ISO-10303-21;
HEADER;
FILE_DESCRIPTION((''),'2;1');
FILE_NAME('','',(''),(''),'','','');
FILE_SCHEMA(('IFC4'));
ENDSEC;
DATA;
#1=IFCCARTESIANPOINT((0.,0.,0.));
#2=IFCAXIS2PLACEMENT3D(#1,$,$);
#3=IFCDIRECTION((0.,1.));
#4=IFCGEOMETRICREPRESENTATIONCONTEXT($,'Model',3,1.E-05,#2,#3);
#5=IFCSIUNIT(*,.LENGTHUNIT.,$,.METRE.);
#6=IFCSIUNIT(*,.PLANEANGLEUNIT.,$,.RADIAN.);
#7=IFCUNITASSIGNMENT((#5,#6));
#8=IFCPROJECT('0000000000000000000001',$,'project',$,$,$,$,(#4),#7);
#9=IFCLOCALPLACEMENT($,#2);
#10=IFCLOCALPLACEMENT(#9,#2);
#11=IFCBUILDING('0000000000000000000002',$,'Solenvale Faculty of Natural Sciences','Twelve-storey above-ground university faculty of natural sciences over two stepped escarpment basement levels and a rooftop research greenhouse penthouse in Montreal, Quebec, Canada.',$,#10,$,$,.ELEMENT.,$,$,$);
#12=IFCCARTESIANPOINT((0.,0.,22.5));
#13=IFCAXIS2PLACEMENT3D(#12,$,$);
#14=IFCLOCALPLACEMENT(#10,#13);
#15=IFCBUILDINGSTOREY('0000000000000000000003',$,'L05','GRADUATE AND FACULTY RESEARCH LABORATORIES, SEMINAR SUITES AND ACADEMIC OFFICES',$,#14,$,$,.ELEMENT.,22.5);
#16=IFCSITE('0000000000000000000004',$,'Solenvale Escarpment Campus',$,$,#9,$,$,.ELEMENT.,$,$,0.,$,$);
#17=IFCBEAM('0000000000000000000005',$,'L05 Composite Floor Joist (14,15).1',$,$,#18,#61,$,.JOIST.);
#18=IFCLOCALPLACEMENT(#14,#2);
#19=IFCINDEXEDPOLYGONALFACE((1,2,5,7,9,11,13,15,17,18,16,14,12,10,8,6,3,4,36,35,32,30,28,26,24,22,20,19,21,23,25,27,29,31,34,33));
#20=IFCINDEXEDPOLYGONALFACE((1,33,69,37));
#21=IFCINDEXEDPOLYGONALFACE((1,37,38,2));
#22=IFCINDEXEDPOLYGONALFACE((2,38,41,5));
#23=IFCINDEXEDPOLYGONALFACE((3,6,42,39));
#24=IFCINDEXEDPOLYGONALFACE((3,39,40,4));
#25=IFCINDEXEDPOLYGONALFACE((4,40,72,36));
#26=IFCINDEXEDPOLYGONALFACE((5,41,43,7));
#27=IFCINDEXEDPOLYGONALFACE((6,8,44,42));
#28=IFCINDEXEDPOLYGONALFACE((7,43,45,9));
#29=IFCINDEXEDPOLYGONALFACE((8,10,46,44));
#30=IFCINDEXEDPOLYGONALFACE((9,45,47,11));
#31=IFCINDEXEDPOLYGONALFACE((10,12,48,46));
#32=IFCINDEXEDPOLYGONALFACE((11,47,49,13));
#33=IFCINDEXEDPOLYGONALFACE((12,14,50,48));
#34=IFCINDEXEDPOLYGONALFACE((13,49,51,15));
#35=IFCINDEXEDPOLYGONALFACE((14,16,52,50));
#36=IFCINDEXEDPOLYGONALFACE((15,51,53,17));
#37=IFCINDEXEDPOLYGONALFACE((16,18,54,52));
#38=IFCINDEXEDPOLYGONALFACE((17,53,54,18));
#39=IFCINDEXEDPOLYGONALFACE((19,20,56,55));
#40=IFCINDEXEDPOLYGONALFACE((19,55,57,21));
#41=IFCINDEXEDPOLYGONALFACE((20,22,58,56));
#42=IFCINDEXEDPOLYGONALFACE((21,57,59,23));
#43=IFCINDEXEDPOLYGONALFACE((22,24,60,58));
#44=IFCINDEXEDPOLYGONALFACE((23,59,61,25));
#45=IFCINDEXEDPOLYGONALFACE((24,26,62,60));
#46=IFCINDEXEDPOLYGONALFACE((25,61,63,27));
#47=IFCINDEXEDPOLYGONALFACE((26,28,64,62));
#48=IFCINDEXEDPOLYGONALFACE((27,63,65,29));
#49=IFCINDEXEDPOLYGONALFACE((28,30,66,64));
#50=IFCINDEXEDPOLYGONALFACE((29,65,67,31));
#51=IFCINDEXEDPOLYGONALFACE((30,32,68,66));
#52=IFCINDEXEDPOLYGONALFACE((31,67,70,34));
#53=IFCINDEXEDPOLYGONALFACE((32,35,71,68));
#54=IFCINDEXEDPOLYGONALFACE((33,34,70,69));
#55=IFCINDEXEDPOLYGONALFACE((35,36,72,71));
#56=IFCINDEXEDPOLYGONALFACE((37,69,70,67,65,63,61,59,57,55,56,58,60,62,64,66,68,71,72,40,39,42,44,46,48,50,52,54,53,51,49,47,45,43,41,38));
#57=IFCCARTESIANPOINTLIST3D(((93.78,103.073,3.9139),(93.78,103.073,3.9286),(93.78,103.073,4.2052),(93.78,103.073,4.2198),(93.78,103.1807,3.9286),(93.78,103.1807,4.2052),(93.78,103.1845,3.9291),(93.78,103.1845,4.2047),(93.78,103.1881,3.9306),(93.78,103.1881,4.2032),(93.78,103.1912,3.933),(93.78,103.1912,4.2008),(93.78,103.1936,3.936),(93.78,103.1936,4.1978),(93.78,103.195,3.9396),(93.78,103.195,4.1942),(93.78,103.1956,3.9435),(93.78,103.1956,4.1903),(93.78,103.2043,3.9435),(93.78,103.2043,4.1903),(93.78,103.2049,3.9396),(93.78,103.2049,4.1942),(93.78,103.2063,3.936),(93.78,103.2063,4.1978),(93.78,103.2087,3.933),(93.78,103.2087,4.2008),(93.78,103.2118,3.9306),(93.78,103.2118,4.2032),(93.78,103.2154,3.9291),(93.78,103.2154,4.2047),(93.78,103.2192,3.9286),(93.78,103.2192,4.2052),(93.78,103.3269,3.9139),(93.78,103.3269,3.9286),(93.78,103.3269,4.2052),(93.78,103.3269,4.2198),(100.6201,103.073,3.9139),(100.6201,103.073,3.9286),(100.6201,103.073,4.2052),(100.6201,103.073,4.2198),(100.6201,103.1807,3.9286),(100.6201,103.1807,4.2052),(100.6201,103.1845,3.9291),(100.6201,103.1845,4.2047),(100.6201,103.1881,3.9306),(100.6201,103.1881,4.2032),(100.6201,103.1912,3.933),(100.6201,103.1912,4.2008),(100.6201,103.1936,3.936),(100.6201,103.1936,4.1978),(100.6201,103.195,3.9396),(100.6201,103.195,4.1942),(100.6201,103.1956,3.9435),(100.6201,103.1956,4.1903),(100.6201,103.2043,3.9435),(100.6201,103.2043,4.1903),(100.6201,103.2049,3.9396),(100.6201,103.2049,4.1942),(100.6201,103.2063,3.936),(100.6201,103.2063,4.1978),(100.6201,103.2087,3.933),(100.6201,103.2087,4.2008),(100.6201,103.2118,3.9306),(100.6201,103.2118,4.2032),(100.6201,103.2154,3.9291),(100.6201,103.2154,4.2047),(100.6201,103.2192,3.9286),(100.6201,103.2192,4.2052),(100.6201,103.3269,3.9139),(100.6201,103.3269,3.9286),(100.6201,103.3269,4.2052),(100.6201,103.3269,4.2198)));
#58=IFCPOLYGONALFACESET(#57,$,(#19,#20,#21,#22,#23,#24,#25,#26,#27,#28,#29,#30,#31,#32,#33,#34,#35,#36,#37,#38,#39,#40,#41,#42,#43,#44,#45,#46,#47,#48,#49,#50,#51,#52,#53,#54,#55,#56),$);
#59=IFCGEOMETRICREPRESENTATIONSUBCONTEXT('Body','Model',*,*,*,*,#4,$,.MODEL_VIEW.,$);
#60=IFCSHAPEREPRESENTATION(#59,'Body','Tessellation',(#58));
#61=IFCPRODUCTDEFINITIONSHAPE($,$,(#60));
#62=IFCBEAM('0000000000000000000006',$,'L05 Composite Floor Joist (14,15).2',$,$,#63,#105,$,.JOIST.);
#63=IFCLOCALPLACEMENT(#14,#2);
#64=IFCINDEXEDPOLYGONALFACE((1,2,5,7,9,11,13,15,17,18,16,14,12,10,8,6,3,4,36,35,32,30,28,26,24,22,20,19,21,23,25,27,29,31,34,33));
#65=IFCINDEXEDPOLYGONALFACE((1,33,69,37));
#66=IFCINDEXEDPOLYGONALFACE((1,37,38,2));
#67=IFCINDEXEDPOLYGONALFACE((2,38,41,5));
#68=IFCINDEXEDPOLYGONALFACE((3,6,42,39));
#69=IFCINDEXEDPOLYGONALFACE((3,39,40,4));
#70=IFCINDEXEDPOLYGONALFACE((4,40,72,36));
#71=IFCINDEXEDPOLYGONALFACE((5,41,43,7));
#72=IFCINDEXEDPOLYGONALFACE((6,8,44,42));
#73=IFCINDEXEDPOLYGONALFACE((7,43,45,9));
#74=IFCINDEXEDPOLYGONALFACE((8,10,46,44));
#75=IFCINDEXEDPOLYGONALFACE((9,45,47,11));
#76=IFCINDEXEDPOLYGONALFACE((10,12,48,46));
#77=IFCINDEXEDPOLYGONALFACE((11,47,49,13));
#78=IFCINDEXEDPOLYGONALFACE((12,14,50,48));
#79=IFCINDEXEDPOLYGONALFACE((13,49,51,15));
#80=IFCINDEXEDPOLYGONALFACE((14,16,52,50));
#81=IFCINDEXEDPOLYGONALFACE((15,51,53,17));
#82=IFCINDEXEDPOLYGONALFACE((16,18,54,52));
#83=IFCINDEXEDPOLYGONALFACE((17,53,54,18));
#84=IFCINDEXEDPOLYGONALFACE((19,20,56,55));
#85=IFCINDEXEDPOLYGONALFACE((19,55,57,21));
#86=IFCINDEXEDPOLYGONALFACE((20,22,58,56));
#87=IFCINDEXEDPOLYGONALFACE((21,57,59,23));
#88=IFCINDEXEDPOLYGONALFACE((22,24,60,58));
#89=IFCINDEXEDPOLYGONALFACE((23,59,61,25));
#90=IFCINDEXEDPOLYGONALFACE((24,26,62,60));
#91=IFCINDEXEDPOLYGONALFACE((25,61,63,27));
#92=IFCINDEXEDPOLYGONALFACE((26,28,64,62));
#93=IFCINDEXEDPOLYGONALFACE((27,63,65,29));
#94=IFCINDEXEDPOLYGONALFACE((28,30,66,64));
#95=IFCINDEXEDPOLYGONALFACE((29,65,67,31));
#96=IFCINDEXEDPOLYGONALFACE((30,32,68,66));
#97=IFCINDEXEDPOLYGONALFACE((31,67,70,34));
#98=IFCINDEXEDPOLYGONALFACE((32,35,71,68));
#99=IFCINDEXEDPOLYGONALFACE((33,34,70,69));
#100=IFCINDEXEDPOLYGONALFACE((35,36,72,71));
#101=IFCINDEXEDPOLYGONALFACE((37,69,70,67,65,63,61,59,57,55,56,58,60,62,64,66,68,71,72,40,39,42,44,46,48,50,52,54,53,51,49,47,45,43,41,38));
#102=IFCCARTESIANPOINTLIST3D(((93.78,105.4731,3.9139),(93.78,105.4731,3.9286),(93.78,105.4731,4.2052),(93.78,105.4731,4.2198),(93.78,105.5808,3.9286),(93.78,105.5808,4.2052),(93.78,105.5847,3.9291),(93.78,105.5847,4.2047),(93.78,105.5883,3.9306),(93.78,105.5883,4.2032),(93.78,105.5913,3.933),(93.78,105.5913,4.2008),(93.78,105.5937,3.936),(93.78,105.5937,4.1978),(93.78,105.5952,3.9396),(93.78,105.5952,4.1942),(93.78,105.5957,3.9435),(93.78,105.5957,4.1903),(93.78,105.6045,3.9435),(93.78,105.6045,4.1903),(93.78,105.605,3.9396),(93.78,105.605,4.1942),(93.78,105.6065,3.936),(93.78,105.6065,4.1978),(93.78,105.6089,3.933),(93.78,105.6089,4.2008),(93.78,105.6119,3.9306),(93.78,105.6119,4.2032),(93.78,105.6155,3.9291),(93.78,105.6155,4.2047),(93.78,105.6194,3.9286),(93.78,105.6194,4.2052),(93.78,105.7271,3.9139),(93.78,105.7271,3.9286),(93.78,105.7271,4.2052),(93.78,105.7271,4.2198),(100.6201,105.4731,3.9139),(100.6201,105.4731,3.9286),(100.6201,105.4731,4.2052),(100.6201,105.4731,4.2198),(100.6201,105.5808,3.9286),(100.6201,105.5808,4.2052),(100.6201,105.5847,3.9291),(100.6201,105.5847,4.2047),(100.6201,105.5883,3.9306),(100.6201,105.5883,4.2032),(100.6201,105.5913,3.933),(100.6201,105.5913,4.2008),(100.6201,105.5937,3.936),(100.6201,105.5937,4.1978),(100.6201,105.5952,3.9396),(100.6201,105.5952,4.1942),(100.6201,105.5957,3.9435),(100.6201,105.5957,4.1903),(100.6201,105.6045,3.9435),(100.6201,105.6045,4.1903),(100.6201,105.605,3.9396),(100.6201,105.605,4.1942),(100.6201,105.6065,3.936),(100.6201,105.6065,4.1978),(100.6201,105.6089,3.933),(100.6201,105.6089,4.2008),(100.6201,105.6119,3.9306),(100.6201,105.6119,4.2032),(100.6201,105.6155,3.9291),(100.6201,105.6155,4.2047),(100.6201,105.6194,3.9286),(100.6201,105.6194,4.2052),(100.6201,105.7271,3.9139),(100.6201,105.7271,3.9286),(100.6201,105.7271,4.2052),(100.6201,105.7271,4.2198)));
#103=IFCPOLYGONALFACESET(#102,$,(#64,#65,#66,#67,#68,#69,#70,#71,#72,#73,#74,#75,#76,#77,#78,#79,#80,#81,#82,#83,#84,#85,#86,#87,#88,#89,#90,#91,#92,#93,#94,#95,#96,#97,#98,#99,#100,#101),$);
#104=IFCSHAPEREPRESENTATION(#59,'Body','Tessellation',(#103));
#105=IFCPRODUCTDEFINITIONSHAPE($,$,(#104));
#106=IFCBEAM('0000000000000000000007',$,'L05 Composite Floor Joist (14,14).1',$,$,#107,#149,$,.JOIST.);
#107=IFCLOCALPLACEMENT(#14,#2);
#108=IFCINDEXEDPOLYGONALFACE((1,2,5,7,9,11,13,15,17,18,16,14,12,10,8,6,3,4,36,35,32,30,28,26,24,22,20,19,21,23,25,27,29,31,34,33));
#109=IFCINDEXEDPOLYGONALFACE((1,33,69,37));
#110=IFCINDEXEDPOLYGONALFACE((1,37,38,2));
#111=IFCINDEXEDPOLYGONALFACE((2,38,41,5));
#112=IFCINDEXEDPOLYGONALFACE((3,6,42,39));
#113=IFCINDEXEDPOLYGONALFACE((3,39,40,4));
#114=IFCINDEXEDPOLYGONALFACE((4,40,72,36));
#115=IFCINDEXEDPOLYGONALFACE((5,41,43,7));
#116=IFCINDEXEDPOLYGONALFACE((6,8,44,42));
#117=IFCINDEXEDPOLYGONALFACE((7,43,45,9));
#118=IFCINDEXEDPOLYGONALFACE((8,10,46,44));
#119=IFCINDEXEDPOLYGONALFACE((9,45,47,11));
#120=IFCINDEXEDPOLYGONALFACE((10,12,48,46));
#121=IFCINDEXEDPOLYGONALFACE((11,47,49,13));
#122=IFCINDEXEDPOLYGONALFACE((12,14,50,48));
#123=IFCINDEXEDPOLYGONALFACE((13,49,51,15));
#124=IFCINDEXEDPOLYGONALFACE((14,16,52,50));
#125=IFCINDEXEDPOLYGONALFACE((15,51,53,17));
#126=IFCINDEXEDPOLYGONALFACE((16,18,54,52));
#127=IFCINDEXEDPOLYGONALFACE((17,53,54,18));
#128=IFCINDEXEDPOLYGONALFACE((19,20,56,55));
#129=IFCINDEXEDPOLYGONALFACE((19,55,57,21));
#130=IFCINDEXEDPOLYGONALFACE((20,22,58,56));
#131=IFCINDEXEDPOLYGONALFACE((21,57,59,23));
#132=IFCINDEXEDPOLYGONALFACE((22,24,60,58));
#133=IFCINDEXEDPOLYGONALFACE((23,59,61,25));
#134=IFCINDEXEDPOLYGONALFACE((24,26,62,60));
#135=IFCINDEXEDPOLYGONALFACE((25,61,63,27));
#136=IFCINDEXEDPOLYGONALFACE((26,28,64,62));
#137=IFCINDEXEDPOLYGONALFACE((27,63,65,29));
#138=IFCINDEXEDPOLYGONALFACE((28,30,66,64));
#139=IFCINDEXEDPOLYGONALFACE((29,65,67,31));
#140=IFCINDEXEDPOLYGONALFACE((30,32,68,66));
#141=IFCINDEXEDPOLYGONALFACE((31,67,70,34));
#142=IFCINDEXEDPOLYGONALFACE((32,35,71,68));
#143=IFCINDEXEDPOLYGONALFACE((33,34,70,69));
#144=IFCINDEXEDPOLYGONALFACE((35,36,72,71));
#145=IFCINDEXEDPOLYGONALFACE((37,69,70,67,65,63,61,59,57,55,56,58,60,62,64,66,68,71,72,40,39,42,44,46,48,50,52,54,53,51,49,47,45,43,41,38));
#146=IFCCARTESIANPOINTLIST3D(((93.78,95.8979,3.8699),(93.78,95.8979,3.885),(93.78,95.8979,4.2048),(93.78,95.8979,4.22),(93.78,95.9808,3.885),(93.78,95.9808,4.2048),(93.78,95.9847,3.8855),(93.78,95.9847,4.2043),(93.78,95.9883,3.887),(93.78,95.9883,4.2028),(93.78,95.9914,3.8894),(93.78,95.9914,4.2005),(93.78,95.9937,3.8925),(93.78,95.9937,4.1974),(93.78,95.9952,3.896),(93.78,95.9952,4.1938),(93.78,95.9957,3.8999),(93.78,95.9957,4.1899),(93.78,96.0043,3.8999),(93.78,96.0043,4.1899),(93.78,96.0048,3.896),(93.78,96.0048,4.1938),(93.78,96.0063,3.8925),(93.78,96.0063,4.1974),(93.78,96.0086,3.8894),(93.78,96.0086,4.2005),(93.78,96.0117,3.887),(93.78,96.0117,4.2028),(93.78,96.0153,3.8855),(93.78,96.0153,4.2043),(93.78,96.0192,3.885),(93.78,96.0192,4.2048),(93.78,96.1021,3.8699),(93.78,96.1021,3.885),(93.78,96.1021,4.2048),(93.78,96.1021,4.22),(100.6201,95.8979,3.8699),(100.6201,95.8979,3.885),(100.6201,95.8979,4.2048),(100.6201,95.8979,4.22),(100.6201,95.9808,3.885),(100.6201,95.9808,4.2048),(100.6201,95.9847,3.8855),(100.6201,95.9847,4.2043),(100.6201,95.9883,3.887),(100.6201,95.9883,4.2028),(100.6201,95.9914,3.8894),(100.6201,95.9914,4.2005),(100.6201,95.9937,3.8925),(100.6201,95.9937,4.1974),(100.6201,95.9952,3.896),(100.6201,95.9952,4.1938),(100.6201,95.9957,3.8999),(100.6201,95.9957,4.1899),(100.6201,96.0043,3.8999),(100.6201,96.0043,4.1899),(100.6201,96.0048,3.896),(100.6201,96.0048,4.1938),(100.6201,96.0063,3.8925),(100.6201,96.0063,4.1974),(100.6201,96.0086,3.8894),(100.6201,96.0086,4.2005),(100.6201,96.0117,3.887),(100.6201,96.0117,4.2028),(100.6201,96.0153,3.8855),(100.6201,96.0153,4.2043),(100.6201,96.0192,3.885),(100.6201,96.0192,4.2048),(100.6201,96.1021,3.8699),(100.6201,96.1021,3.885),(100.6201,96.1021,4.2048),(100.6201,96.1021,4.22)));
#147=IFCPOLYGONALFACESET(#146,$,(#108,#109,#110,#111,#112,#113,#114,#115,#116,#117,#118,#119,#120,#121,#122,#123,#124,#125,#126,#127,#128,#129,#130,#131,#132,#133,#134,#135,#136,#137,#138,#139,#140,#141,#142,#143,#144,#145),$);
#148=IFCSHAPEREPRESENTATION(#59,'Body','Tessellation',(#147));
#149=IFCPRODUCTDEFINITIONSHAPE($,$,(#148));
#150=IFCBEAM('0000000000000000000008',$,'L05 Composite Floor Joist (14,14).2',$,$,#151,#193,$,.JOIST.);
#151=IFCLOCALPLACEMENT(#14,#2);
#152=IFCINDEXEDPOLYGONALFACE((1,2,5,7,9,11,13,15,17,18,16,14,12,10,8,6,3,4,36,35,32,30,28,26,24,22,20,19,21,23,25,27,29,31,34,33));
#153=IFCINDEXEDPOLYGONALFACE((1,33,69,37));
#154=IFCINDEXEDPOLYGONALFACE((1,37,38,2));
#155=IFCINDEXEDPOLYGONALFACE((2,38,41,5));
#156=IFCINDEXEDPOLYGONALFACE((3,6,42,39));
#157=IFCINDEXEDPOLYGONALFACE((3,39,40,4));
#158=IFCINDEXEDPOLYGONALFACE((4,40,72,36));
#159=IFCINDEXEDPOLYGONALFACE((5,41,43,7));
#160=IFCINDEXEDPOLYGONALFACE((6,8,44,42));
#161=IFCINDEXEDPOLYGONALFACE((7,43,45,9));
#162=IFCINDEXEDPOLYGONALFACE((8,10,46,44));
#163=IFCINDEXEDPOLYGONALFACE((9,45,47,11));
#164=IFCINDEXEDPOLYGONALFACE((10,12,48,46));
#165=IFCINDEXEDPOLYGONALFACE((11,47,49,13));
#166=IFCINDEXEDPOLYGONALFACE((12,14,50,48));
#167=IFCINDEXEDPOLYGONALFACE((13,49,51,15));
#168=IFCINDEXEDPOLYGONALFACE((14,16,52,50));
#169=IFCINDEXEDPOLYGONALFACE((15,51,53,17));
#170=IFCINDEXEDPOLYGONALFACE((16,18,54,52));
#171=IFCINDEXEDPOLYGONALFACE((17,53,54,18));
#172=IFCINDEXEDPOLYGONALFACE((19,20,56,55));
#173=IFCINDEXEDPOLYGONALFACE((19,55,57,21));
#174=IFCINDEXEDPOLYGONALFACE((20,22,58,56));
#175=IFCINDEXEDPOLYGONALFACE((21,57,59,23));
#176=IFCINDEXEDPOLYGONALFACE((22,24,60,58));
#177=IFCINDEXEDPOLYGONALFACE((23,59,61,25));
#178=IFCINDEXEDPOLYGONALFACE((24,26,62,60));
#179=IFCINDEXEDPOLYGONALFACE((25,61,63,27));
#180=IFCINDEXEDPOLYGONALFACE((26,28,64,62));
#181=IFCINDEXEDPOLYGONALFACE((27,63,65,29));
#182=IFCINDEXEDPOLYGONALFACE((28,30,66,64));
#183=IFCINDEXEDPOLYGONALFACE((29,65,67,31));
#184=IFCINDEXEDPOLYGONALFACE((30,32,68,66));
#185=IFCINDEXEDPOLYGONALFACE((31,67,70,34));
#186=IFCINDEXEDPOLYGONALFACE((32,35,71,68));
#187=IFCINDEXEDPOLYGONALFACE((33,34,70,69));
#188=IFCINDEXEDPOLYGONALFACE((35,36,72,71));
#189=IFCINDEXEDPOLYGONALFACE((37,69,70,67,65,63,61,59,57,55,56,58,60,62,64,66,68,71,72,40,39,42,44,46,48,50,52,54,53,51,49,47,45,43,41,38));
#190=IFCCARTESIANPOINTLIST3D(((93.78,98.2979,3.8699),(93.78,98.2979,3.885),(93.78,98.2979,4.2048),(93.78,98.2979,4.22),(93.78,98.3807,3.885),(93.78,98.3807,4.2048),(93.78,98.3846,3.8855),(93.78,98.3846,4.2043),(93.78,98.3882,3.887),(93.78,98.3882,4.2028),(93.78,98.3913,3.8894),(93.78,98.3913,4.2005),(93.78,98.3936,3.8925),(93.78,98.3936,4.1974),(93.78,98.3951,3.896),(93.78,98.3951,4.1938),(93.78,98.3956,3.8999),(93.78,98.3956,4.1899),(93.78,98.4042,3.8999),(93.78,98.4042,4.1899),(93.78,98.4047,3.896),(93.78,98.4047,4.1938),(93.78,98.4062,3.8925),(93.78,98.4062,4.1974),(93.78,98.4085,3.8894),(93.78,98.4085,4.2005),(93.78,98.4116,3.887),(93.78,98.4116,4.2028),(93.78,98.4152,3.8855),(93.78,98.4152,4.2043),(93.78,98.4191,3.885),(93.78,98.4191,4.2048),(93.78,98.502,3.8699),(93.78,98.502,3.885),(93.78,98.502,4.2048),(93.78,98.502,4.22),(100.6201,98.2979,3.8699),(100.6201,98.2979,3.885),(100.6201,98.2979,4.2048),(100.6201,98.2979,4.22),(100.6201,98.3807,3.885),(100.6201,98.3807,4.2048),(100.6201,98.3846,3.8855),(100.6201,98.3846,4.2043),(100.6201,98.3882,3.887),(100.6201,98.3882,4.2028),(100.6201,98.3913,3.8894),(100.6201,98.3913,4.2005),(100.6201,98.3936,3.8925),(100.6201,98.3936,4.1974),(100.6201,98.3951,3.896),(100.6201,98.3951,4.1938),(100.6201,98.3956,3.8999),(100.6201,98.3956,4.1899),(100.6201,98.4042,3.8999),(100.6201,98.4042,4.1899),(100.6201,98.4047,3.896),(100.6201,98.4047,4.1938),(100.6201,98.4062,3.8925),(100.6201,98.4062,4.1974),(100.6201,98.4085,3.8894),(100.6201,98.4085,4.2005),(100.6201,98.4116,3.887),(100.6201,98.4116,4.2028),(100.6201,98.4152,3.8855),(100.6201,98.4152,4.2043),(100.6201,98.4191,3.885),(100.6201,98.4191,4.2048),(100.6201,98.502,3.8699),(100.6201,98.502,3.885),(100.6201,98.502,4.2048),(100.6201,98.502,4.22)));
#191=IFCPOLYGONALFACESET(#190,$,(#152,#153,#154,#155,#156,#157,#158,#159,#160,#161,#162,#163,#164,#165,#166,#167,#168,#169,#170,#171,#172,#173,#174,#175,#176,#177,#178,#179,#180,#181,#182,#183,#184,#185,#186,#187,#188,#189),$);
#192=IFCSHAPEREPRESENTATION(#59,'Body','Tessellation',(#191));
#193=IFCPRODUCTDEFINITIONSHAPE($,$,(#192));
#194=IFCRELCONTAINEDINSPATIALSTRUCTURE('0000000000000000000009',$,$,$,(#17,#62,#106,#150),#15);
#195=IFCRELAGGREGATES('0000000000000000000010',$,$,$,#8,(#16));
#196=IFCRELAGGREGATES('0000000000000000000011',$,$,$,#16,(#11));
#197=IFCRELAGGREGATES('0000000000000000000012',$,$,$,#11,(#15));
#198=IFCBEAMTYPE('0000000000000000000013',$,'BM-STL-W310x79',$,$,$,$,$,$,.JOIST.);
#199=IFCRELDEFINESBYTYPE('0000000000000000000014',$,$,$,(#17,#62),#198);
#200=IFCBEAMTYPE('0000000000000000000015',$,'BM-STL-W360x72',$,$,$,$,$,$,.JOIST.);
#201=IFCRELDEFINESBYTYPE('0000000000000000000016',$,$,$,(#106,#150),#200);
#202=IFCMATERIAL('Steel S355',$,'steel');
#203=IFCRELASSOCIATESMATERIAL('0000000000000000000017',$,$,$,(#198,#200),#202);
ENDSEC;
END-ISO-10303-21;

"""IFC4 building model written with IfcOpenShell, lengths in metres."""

from ifc_helpers import new_model, si_unit, direction, frame, origin, origin_2d, place, context, subcontext, project, spatial, i_section, extrude, material, material_profile, profile_set, type_object, element, save


model = new_model("IFC4")

# Units and contexts
model_context = context("Model", 3, precision=1e-05, world=origin(), true_north=direction((0.0, 1.0)))
body_context = subcontext(model_context, "Body", "Model", "MODEL_VIEW")
ifc_project = project(units=[si_unit("LENGTHUNIT", "METRE"), si_unit("PLANEANGLEUNIT", "RADIAN")], contexts=[model_context])

# Site, building, storey
site_placement = place(None, origin())
site = spatial("IfcSite", under=ifc_project, at=site_placement, Name="Solenvale Escarpment Campus", CompositionType="ELEMENT", RefElevation=0.0)
building_placement = place(site_placement, origin())
building = spatial("IfcBuilding", under=site, at=building_placement, Name="Solenvale Faculty of Natural Sciences", Description="Twelve-storey above-ground university faculty of natural sciences over two stepped escarpment basement levels and a rooftop research greenhouse penthouse in Montreal, Quebec, Canada.", CompositionType="ELEMENT")
storey_placement = place(building_placement, frame((0.0, 0.0, 22.5)))
storey = spatial("IfcBuildingStorey", under=building, at=storey_placement, Name="L05", Description="GRADUATE AND FACULTY RESEARCH LABORATORIES, SEMINAR SUITES AND ACADEMIC OFFICES", CompositionType="ELEMENT", Elevation=22.5)

# Beams
ifc_material_1 = material(Name="Steel S355", Category="steel")
ifc_material_profile_1 = material_profile(ifc_material_1, i_section(OverallWidth=0.2539, OverallDepth=0.3059, WebThickness=0.0088, FlangeThickness=0.0146, FilletRadius=0.0149, at=origin_2d()), Name="W310x79")
ifc_profile_set_1 = profile_set([ifc_material_profile_1], Name="Steel S355")
beam_type_1 = type_object("IfcBeamType", Name="BM-STL-W310x79", PredefinedType="JOIST", material=ifc_profile_set_1)
for number, where, z_axis, x_axis, name in (
    (1, (93.78, 103.2, 4.0669), (1.0, 0.0, 0.0), (0.0, 1.0, 0.0), "L05 Composite Floor Joist (14,15).1"),
    (2, (93.78, 105.6001, 4.0669), (1.0, 0.0, 0.0), (0.0, 1.0, 0.0), "L05 Composite Floor Joist (14,15).2"),
):
    element("IfcBeam", number, at=place(storey_placement, frame(where, z_axis=z_axis, x_axis=x_axis)), inside=storey, type_object=beam_type_1, Name=name, PredefinedType="JOIST", context=body_context, shape_type="SweptSolid", body=[
        extrude(i_section(OverallWidth=0.2539, OverallDepth=0.3059, WebThickness=0.0088, FlangeThickness=0.0146, FilletRadius=0.0149, at=origin_2d()), origin(), (0.0, 0.0, 1.0), 6.8401),
    ])
ifc_material_profile_2 = material_profile(ifc_material_1, i_section(OverallWidth=0.2041, OverallDepth=0.3501, WebThickness=0.0085, FlangeThickness=0.0151, FilletRadius=0.0149, at=origin_2d()), Name="W360x72")
ifc_profile_set_2 = profile_set([ifc_material_profile_2], Name="Steel S355")
beam_type_2 = type_object("IfcBeamType", Name="BM-STL-W360x72", PredefinedType="JOIST", material=ifc_profile_set_2)
for number, where, z_axis, x_axis, name in (
    (3, (93.78, 96.0, 4.0449), (1.0, 0.0, 0.0), (0.0, 1.0, 0.0), "L05 Composite Floor Joist (14,14).1"),
    (4, (93.78, 98.3999, 4.0449), (1.0, 0.0, 0.0), (0.0, 1.0, 0.0), "L05 Composite Floor Joist (14,14).2"),
):
    element("IfcBeam", number, at=place(storey_placement, frame(where, z_axis=z_axis, x_axis=x_axis)), inside=storey, type_object=beam_type_2, Name=name, PredefinedType="JOIST", context=body_context, shape_type="SweptSolid", body=[
        extrude(i_section(OverallWidth=0.2041, OverallDepth=0.3501, WebThickness=0.0085, FlangeThickness=0.0151, FilletRadius=0.0149, at=origin_2d()), origin(), (0.0, 0.0, 1.0), 6.8401),
    ])

save(model, "model.ifc")
